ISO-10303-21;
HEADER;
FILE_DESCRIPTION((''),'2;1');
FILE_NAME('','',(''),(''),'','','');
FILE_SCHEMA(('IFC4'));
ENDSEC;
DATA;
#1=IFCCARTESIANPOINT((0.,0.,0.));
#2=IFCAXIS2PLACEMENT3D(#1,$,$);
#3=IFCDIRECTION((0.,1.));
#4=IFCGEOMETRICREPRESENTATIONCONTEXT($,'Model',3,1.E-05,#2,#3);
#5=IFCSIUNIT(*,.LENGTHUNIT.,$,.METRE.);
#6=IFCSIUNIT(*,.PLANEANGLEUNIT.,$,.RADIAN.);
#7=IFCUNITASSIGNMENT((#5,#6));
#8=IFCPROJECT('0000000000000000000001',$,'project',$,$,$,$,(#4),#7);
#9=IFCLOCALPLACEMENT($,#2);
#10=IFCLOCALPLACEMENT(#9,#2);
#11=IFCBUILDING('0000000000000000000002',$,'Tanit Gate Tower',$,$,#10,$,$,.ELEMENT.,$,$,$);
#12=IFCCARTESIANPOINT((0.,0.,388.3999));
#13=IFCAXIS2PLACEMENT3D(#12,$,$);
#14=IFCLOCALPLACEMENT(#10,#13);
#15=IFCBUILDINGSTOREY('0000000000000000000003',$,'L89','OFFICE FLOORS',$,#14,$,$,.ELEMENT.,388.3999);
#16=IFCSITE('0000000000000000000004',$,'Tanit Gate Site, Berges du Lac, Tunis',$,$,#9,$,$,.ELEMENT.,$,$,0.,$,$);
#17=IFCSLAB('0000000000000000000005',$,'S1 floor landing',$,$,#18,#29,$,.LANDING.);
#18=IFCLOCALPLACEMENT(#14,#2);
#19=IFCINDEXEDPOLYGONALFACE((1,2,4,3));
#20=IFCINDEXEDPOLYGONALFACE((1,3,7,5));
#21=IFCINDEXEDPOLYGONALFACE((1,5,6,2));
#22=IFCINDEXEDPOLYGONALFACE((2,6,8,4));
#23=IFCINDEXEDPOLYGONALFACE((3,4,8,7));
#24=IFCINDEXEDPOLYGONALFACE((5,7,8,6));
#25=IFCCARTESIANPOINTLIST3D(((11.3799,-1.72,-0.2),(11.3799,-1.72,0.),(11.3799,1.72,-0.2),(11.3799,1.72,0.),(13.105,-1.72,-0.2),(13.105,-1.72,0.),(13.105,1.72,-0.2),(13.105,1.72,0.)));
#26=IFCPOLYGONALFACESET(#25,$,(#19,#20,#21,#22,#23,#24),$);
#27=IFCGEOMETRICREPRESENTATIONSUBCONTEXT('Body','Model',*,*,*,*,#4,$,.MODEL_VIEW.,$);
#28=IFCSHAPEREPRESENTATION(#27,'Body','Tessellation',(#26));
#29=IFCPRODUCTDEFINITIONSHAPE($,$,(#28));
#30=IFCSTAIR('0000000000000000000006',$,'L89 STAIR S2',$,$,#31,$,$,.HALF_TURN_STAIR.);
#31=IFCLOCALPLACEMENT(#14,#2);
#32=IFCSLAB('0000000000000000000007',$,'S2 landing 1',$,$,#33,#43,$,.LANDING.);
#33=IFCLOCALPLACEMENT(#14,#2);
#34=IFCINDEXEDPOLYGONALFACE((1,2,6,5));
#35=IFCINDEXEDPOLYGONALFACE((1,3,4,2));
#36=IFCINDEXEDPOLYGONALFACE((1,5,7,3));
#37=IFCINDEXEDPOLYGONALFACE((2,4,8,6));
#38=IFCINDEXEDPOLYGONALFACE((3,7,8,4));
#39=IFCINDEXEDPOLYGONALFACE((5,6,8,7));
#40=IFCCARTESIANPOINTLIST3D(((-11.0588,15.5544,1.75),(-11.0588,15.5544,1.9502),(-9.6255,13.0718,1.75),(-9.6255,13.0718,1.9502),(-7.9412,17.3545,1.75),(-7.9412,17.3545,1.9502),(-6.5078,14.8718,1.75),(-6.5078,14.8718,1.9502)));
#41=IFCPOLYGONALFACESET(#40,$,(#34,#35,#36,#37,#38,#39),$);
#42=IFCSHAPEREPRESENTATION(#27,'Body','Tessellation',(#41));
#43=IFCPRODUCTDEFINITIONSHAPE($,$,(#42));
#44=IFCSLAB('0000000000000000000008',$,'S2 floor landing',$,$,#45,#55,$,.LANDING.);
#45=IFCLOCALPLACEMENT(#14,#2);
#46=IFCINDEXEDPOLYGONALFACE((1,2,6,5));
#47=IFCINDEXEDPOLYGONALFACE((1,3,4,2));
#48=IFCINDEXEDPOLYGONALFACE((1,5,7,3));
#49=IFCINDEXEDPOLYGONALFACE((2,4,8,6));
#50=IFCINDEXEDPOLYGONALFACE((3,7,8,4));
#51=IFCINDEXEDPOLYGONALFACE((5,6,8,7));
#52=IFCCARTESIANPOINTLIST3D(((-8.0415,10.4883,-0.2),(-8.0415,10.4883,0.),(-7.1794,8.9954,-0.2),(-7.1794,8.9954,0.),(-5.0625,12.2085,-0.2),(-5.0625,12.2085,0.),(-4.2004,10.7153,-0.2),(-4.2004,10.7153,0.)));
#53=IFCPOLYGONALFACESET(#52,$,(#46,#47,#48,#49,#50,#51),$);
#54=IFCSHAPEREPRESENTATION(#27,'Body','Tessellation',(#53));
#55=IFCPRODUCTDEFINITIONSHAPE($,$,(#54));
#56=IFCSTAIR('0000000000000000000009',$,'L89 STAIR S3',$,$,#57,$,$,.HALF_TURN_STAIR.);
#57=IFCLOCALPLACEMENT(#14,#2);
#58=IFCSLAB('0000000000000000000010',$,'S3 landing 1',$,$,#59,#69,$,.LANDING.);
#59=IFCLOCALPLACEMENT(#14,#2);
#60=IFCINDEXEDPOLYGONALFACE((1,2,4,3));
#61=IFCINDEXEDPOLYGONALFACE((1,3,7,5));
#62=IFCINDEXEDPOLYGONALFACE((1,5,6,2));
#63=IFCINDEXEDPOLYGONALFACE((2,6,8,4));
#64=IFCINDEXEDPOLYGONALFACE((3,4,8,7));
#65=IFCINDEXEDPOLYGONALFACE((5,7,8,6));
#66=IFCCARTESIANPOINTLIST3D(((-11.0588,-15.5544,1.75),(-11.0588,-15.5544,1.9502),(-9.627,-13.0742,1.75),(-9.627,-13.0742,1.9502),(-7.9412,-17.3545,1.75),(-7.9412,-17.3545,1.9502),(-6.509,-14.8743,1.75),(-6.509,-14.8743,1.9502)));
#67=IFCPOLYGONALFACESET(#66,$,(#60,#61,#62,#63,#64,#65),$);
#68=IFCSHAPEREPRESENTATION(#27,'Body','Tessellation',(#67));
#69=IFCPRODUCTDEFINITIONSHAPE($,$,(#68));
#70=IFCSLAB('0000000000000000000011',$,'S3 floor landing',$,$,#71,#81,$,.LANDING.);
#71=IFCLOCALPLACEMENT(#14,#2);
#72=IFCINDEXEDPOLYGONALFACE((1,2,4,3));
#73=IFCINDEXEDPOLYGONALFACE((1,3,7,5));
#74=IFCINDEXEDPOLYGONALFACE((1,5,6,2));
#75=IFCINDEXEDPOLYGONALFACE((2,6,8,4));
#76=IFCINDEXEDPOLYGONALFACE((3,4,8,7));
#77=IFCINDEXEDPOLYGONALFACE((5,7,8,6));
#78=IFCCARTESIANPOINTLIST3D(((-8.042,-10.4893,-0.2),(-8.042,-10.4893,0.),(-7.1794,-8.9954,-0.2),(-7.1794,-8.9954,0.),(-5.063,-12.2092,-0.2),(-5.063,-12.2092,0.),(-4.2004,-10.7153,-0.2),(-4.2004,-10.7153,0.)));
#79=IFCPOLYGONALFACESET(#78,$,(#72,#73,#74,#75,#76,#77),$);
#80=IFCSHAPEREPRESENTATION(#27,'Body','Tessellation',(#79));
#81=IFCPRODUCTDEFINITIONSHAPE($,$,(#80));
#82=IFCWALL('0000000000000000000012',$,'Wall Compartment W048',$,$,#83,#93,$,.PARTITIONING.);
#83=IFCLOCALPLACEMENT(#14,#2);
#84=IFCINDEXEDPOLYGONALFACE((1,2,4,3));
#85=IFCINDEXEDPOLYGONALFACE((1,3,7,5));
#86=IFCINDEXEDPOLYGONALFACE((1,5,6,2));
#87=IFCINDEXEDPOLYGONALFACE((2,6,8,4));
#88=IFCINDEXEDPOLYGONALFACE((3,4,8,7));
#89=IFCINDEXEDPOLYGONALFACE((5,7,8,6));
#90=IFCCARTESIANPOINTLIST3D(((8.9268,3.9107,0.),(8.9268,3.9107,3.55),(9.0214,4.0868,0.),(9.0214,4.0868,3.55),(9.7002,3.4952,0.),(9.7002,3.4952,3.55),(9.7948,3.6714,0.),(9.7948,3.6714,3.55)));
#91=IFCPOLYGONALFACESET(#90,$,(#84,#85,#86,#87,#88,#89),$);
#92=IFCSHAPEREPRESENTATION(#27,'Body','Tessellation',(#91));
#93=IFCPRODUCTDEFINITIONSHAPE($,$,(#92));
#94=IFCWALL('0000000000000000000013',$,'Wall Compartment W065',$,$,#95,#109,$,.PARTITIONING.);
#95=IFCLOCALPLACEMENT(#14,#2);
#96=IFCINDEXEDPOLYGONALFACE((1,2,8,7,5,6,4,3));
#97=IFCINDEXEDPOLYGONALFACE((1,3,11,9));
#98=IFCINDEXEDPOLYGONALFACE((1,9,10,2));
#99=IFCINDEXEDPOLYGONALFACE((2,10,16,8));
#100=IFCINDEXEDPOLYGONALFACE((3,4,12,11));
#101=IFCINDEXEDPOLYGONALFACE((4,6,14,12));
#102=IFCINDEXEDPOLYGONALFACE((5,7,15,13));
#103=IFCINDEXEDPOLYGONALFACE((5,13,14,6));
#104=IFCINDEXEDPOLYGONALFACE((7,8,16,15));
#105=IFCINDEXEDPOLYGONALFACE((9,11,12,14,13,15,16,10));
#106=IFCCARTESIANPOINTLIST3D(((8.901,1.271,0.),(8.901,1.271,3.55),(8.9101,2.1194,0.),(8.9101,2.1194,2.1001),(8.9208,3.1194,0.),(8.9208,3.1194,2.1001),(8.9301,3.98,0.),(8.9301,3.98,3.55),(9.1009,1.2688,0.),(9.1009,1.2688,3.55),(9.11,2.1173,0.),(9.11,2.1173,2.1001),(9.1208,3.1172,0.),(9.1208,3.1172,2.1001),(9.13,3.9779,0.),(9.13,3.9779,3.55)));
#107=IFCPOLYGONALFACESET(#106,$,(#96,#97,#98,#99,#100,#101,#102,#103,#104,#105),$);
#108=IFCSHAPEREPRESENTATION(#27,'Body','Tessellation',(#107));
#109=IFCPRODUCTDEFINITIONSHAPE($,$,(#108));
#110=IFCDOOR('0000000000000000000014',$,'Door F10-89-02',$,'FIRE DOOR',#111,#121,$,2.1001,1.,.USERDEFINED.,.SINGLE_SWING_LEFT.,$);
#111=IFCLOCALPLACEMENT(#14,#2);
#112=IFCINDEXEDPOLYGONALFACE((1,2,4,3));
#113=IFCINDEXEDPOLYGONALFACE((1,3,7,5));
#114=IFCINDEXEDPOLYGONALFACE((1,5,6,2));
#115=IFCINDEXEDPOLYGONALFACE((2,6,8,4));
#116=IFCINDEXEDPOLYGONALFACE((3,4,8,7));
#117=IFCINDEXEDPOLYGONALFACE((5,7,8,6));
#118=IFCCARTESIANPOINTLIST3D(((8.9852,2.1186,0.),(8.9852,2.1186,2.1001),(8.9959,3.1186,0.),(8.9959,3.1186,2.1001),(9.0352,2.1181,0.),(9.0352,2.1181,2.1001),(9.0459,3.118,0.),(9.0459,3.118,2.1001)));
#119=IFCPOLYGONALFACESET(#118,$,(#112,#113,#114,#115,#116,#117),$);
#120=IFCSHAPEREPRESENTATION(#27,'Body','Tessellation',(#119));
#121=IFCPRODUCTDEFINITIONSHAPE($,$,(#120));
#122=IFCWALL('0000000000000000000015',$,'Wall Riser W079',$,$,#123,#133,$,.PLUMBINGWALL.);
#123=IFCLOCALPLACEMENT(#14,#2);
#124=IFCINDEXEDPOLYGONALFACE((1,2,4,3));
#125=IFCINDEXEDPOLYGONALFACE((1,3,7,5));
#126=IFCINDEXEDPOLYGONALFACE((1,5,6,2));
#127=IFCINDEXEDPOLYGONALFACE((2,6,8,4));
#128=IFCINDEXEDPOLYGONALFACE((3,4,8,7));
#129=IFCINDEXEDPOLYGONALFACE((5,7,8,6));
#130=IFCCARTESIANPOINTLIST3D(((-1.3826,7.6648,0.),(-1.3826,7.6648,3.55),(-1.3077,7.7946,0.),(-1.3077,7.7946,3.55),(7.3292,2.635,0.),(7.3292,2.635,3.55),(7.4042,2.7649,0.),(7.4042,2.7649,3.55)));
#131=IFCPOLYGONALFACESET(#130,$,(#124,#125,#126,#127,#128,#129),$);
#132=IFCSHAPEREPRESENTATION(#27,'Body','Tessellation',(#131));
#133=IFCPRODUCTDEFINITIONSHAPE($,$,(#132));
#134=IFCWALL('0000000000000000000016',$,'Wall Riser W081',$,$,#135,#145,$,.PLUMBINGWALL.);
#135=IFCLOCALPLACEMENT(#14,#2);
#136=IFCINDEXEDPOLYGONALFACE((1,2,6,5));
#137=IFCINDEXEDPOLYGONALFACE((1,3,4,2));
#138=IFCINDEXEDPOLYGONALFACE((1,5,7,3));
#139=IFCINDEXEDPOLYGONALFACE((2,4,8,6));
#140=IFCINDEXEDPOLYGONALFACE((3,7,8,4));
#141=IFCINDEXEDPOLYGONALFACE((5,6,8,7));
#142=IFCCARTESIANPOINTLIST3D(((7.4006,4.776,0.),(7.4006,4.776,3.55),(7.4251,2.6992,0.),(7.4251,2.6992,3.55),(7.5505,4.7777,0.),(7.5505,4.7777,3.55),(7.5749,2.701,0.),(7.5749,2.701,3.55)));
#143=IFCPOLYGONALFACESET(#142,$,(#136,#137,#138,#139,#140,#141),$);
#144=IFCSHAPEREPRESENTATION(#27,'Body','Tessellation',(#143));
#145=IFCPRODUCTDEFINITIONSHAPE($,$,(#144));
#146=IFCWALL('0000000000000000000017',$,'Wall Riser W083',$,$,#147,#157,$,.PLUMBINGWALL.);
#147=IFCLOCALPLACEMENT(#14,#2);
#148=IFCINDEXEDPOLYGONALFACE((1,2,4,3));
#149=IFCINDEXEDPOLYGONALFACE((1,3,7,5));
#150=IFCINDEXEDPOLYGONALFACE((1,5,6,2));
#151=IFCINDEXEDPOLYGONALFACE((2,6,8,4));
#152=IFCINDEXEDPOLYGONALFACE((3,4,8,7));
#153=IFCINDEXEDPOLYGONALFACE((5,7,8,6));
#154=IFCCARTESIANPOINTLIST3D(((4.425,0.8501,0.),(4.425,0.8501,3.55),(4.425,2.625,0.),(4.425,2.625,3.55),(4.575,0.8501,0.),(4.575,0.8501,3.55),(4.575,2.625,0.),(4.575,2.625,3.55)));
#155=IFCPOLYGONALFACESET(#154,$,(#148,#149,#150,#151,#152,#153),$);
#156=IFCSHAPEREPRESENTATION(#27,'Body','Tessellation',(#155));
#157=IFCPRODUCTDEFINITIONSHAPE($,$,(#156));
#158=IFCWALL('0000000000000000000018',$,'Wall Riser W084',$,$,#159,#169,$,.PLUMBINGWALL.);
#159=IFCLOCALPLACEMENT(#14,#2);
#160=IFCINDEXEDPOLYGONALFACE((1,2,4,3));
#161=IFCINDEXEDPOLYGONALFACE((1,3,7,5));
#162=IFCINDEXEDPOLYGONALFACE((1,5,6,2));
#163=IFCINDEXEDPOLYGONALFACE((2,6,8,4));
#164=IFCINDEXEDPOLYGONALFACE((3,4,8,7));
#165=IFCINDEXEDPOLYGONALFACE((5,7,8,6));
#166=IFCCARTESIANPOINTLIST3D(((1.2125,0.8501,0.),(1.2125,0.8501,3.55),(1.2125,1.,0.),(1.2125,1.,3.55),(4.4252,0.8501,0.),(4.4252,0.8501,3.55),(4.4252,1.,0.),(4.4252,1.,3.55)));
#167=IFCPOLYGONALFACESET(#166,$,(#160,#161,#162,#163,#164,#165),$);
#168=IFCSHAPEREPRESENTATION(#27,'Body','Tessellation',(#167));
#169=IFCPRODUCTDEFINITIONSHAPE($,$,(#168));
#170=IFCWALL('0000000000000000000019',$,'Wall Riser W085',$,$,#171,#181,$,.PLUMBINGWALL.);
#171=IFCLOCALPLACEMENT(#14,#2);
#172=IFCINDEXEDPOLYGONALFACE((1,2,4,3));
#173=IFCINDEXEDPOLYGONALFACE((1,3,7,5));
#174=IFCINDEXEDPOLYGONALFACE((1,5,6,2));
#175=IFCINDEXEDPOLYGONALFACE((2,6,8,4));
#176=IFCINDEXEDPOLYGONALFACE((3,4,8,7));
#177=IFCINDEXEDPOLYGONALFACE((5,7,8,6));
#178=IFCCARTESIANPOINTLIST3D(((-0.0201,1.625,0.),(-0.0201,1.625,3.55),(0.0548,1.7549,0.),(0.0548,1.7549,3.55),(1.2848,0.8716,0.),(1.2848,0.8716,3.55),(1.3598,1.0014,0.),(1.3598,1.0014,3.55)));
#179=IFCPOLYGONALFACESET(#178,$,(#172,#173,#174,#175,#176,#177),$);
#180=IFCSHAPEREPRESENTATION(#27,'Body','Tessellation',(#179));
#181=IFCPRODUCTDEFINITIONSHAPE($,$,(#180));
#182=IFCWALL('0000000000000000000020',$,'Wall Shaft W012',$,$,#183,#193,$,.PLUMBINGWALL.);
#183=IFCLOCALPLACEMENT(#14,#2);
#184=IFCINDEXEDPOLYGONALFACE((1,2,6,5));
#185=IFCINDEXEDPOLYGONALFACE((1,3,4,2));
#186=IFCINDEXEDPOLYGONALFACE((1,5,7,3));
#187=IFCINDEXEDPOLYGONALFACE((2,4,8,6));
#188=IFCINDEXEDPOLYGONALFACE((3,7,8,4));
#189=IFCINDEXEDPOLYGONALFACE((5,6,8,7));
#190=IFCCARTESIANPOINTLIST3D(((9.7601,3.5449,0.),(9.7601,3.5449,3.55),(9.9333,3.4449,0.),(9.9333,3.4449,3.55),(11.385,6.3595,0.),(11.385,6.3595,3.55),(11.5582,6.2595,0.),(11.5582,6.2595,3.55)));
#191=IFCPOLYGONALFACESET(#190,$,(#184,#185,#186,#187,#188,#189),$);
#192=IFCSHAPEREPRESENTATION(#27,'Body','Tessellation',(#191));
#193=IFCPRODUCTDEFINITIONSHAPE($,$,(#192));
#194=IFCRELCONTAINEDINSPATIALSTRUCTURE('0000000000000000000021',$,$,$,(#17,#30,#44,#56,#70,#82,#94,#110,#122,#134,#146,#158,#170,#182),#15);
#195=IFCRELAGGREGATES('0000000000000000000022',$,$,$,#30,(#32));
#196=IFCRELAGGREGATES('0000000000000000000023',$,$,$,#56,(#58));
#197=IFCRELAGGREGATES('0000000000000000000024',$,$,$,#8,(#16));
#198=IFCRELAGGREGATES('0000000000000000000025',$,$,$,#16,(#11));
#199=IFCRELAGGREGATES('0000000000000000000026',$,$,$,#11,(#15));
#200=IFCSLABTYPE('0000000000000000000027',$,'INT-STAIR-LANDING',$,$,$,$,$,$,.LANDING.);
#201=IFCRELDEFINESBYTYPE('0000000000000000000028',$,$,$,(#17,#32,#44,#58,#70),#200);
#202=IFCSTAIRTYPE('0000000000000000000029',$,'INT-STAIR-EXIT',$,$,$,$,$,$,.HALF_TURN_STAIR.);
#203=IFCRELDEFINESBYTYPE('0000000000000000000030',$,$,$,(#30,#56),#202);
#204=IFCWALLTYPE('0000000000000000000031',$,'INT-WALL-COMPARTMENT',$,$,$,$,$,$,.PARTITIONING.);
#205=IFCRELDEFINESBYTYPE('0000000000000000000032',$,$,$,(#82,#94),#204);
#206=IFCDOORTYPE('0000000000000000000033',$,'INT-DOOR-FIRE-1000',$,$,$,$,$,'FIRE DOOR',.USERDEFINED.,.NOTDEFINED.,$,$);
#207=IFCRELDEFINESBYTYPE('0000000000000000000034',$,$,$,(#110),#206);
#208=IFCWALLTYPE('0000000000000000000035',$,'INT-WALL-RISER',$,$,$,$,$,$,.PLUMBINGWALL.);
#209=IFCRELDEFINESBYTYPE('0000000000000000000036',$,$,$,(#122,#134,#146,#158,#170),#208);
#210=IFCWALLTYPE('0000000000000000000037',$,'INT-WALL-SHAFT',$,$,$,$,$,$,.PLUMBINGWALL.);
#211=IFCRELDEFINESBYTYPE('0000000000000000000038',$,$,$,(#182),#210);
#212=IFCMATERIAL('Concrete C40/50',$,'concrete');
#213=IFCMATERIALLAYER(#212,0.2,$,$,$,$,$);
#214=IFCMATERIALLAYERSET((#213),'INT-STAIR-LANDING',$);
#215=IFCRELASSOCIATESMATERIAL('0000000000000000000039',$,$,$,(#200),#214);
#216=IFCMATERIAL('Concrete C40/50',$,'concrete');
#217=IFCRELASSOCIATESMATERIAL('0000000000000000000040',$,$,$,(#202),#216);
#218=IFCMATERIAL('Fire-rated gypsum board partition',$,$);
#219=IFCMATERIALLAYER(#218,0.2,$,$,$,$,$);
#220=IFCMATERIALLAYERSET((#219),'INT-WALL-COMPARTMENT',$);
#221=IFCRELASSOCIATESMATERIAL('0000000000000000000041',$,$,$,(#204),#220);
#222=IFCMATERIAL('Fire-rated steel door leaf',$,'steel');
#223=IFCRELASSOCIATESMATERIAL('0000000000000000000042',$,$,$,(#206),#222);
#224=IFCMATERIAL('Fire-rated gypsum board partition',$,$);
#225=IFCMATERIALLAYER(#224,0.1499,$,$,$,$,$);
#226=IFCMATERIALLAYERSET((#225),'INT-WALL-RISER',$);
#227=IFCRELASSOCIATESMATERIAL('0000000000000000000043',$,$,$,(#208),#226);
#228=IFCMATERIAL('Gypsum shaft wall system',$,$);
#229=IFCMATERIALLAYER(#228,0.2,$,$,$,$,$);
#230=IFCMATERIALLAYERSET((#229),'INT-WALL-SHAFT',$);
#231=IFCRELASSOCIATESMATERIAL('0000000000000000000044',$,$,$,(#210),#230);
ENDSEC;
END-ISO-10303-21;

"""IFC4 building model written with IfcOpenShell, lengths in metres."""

from ifc_helpers import new_model, si_unit, direction, frame, frame_2d, origin, place, context, subcontext, project, spatial, polyline, rectangle, outline, extrude, material, layer, layer_set, type_object, element, fill, aggregate, save


model = new_model("IFC4")

# Units and contexts
model_context = context("Model", 3, precision=1e-05, world=origin(), true_north=direction((0.0, 1.0)))
body_context = subcontext(model_context, "Body", "Model", "MODEL_VIEW")
ifc_project = project(units=[si_unit("LENGTHUNIT", "METRE"), si_unit("PLANEANGLEUNIT", "RADIAN")], contexts=[model_context])

# Site, building, storey
site_placement = place(None, origin())
site = spatial("IfcSite", under=ifc_project, at=site_placement, Name="Tanit Gate Site, Berges du Lac, Tunis", CompositionType="ELEMENT", RefElevation=0.0)
building_placement = place(site_placement, origin())
building = spatial("IfcBuilding", under=site, at=building_placement, Name="Tanit Gate Tower", CompositionType="ELEMENT")
storey_placement = place(building_placement, frame((0.0, 0.0, 388.3999)))
storey = spatial("IfcBuildingStorey", under=building, at=storey_placement, Name="L89", Description="OFFICE FLOORS", CompositionType="ELEMENT", Elevation=388.3999)

# Slab
ifc_material_1 = material(Name="Concrete C40/50", Category="concrete")
ifc_layer_1 = layer(ifc_material_1, 0.2)
ifc_layer_set_1 = layer_set([ifc_layer_1], Name="INT-STAIR-LANDING")
slab_type = type_object("IfcSlabType", Name="INT-STAIR-LANDING", PredefinedType="LANDING", material=ifc_layer_set_1)
slab_1_placement = place(storey_placement, frame((0.0, 0.0, -0.2)))
element("IfcSlab", 1, at=slab_1_placement, inside=storey, type_object=slab_type, Name="S1 floor landing", PredefinedType="LANDING", context=body_context, shape_type="SweptSolid", body=[
    extrude(outline(polyline([(11.3799, -1.72), (13.105, -1.72), (13.105, 1.72), (11.3799, 1.72), (11.3799, -1.72)])), origin(), (0.0, 0.0, 1.0), 0.2),
])

# Stair, slab
ifc_material_2 = material(Name="Concrete C40/50", Category="concrete")
stair_type = type_object("IfcStairType", Name="INT-STAIR-EXIT", PredefinedType="HALF_TURN_STAIR", material=ifc_material_2)
stair_1_placement = place(storey_placement, origin())
stair_1 = element("IfcStair", 2, at=stair_1_placement, inside=storey, type_object=stair_type, Name="L89 STAIR S2", PredefinedType="HALF_TURN_STAIR")
slab_2_placement = place(storey_placement, frame((0.0, 0.0, 1.75)))
slab_2 = element("IfcSlab", 3, at=slab_2_placement, type_object=slab_type, Name="S2 landing 1", PredefinedType="LANDING", context=body_context, shape_type="SweptSolid", body=[
    extrude(outline(polyline([(-6.5078, 14.8718), (-7.9412, 17.3545), (-11.0588, 15.5544), (-9.6255, 13.0718), (-6.5078, 14.8718)])), origin(), (0.0, 0.0, 1.0), 0.2002),
])
aggregate(stair_1, [slab_2])

# Slab
slab_3_placement = place(storey_placement, frame((0.0, 0.0, -0.2)))
element("IfcSlab", 4, at=slab_3_placement, inside=storey, type_object=slab_type, Name="S2 floor landing", PredefinedType="LANDING", context=body_context, shape_type="SweptSolid", body=[
    extrude(outline(polyline([(-4.2004, 10.7153), (-5.0625, 12.2085), (-8.0415, 10.4883), (-7.1794, 8.9954), (-4.2004, 10.7153)])), origin(), (0.0, 0.0, 1.0), 0.2),
])

# Stair, slab
stair_2_placement = place(storey_placement, origin())
stair_2 = element("IfcStair", 5, at=stair_2_placement, inside=storey, type_object=stair_type, Name="L89 STAIR S3", PredefinedType="HALF_TURN_STAIR")
slab_4_placement = place(storey_placement, frame((0.0, 0.0, 1.75)))
slab_4 = element("IfcSlab", 6, at=slab_4_placement, type_object=slab_type, Name="S3 landing 1", PredefinedType="LANDING", context=body_context, shape_type="SweptSolid", body=[
    extrude(outline(polyline([(-9.627, -13.0742), (-11.0588, -15.5544), (-7.9412, -17.3545), (-6.509, -14.8743), (-9.627, -13.0742)])), origin(), (0.0, 0.0, 1.0), 0.2002),
])
aggregate(stair_2, [slab_4])

# Slab
slab_5_placement = place(storey_placement, frame((0.0, 0.0, -0.2)))
element("IfcSlab", 7, at=slab_5_placement, inside=storey, type_object=slab_type, Name="S3 floor landing", PredefinedType="LANDING", context=body_context, shape_type="SweptSolid", body=[
    extrude(outline(polyline([(-7.1794, -8.9954), (-8.042, -10.4893), (-5.063, -12.2092), (-4.2004, -10.7153), (-7.1794, -8.9954)])), origin(), (0.0, 0.0, 1.0), 0.2),
])

# Wall
ifc_material_3 = material(Name="Fire-rated gypsum board partition")
ifc_layer_2 = layer(ifc_material_3, 0.2)
ifc_layer_set_2 = layer_set([ifc_layer_2], Name="INT-WALL-COMPARTMENT")
wall_type_1 = type_object("IfcWallType", Name="INT-WALL-COMPARTMENT", PredefinedType="PARTITIONING", material=ifc_layer_set_2)
wall_1_placement = place(storey_placement, frame((8.9741, 3.9988, 0.0), z_axis=(0.0, 0.0, 1.0), x_axis=(0.880917, -0.473271, 0.0)))
element("IfcWall", 8, at=wall_1_placement, inside=storey, type_object=wall_type_1, Name="Wall Compartment W048", PredefinedType="PARTITIONING", context=body_context, shape_type="SweptSolid", body=[
    extrude(rectangle(XDim=0.8779, YDim=0.2, at=frame_2d((0.439, 0.0))), origin(), (0.0, 0.0, 1.0), 3.55),
])

# Wall, opening, door
wall_2_placement = place(storey_placement, frame((9.001, 1.27, 0.0), z_axis=(0.0, 0.0, 1.0), x_axis=(0.010724, 0.999942, 0.0)))
wall_2 = element("IfcWall", 9, at=wall_2_placement, inside=storey, type_object=wall_type_1, Name="Wall Compartment W065", PredefinedType="PARTITIONING", context=body_context, shape_type="SweptSolid", body=[
    extrude(rectangle(XDim=2.7092, YDim=0.2, at=frame_2d((1.3545, 0.0))), origin(), (0.0, 0.0, 1.0), 3.55),
])
opening_1_placement = place(wall_2_placement, frame((0.8484, 0.0, 0.0)))
opening_1 = element("IfcOpeningElement", 10, at=opening_1_placement, cuts=wall_2, PredefinedType="OPENING", context=body_context, shape_type="SweptSolid", body=[
    extrude(rectangle(XDim=1.0, YDim=2.1001, at=frame_2d((0.5, 1.05))), frame((0.0, 0.1099, 0.0), z_axis=(0.0, -1.0, 0.0), x_axis=(1.0, 0.0, 0.0)), (0.0, 0.0, 1.0), 0.22),
])
ifc_material_4 = material(Name="Fire-rated steel door leaf", Category="steel")
door_type_1 = type_object("IfcDoorType", Name="INT-DOOR-FIRE-1000", ElementType="FIRE DOOR", OperationType="NOTDEFINED", PredefinedType="USERDEFINED", material=ifc_material_4)
door_1_placement = place(opening_1_placement, origin())
door_1 = element("IfcDoor", 11, at=door_1_placement, inside=storey, type_object=door_type_1, Name="Door F10-89-02", ObjectType="FIRE DOOR", OperationType="SINGLE_SWING_LEFT", OverallHeight=2.1001, OverallWidth=1.0, PredefinedType="USERDEFINED", context=body_context, shape_type="SweptSolid", body=[
    extrude(rectangle(XDim=1.0, YDim=2.1001, at=frame_2d((0.5, 1.05))), frame((0.0, 0.0249, 0.0), z_axis=(0.0, -1.0, 0.0), x_axis=(1.0, 0.0, 0.0)), (0.0, 0.0, 1.0), 0.05),
])
fill(opening_1, door_1)

# Walls
ifc_material_5 = material(Name="Fire-rated gypsum board partition")
ifc_layer_3 = layer(ifc_material_5, 0.1499)
ifc_layer_set_3 = layer_set([ifc_layer_3], Name="INT-WALL-RISER")
wall_type_2 = type_object("IfcWallType", Name="INT-WALL-RISER", PredefinedType="PLUMBINGWALL", material=ifc_layer_set_3)
wall_3_placement = place(storey_placement, frame((7.3667, 2.7, 0.0), z_axis=(0.0, 0.0, 1.0), x_axis=(-0.866027, 0.499997, 0.0)))
element("IfcWall", 12, at=wall_3_placement, inside=storey, type_object=wall_type_2, Name="Wall Riser W079", PredefinedType="PLUMBINGWALL", context=body_context, shape_type="SweptSolid", body=[
    extrude(rectangle(XDim=10.0596, YDim=0.1499, at=frame_2d((5.0298, 0.0))), origin(), (0.0, 0.0, 1.0), 3.55),
])
wall_4_placement = place(storey_placement, frame((7.5, 2.7, 0.0), z_axis=(0.0, 0.0, 1.0), x_axis=(-0.011756, 0.999931, 0.0)))
element("IfcWall", 13, at=wall_4_placement, inside=storey, type_object=wall_type_2, Name="Wall Riser W081", PredefinedType="PLUMBINGWALL", context=body_context, shape_type="SweptSolid", body=[
    extrude(rectangle(XDim=2.0769, YDim=0.1499, at=frame_2d((1.0386, 0.0))), origin(), (0.0, 0.0, 1.0), 3.55),
])
wall_5_placement = place(storey_placement, frame((4.5, 0.8501, 0.0), z_axis=(0.0, 0.0, 1.0), x_axis=(0.0, 1.0, 0.0)))
element("IfcWall", 14, at=wall_5_placement, inside=storey, type_object=wall_type_2, Name="Wall Riser W083", PredefinedType="PLUMBINGWALL", context=body_context, shape_type="SweptSolid", body=[
    extrude(rectangle(XDim=1.7749, YDim=0.1499, at=frame_2d((0.8875, 0.0))), origin(), (0.0, 0.0, 1.0), 3.55),
])
wall_6_placement = place(storey_placement, frame((1.2124, 0.925, 0.0), z_axis=(0.0, 0.0, 1.0), x_axis=(1.0, 0.0, 0.0)))
element("IfcWall", 15, at=wall_6_placement, inside=storey, type_object=wall_type_2, Name="Wall Riser W084", PredefinedType="PLUMBINGWALL", context=body_context, shape_type="SweptSolid", body=[
    extrude(rectangle(XDim=3.2126, YDim=0.1499, at=frame_2d((1.6064, 0.0))), origin(), (0.0, 0.0, 1.0), 3.55),
])
wall_7_placement = place(storey_placement, frame((0.0173, 1.6899, 0.0), z_axis=(0.0, 0.0, 1.0), x_axis=(0.866021, -0.500008, 0.0)))
element("IfcWall", 16, at=wall_7_placement, inside=storey, type_object=wall_type_2, Name="Wall Riser W085", PredefinedType="PLUMBINGWALL", context=body_context, shape_type="SweptSolid", body=[
    extrude(rectangle(XDim=1.5068, YDim=0.1499, at=frame_2d((0.7534, 0.0))), origin(), (0.0, 0.0, 1.0), 3.55),
])
ifc_material_6 = material(Name="Gypsum shaft wall system")
ifc_layer_4 = layer(ifc_material_6, 0.2)
ifc_layer_set_4 = layer_set([ifc_layer_4], Name="INT-WALL-SHAFT")
wall_type_3 = type_object("IfcWallType", Name="INT-WALL-SHAFT", PredefinedType="PLUMBINGWALL", material=ifc_layer_set_4)
wall_8_placement = place(storey_placement, frame((9.8467, 3.4949, 0.0), z_axis=(0.0, 0.0, 1.0), x_axis=(0.499985, 0.866034, 0.0)))
element("IfcWall", 17, at=wall_8_placement, inside=storey, type_object=wall_type_3, Name="Wall Shaft W012", PredefinedType="PLUMBINGWALL", context=body_context, shape_type="SweptSolid", body=[
    extrude(rectangle(XDim=3.25, YDim=0.2, at=frame_2d((1.625, 0.0))), origin(), (0.0, 0.0, 1.0), 3.55),
])

save(model, "model.ifc")
